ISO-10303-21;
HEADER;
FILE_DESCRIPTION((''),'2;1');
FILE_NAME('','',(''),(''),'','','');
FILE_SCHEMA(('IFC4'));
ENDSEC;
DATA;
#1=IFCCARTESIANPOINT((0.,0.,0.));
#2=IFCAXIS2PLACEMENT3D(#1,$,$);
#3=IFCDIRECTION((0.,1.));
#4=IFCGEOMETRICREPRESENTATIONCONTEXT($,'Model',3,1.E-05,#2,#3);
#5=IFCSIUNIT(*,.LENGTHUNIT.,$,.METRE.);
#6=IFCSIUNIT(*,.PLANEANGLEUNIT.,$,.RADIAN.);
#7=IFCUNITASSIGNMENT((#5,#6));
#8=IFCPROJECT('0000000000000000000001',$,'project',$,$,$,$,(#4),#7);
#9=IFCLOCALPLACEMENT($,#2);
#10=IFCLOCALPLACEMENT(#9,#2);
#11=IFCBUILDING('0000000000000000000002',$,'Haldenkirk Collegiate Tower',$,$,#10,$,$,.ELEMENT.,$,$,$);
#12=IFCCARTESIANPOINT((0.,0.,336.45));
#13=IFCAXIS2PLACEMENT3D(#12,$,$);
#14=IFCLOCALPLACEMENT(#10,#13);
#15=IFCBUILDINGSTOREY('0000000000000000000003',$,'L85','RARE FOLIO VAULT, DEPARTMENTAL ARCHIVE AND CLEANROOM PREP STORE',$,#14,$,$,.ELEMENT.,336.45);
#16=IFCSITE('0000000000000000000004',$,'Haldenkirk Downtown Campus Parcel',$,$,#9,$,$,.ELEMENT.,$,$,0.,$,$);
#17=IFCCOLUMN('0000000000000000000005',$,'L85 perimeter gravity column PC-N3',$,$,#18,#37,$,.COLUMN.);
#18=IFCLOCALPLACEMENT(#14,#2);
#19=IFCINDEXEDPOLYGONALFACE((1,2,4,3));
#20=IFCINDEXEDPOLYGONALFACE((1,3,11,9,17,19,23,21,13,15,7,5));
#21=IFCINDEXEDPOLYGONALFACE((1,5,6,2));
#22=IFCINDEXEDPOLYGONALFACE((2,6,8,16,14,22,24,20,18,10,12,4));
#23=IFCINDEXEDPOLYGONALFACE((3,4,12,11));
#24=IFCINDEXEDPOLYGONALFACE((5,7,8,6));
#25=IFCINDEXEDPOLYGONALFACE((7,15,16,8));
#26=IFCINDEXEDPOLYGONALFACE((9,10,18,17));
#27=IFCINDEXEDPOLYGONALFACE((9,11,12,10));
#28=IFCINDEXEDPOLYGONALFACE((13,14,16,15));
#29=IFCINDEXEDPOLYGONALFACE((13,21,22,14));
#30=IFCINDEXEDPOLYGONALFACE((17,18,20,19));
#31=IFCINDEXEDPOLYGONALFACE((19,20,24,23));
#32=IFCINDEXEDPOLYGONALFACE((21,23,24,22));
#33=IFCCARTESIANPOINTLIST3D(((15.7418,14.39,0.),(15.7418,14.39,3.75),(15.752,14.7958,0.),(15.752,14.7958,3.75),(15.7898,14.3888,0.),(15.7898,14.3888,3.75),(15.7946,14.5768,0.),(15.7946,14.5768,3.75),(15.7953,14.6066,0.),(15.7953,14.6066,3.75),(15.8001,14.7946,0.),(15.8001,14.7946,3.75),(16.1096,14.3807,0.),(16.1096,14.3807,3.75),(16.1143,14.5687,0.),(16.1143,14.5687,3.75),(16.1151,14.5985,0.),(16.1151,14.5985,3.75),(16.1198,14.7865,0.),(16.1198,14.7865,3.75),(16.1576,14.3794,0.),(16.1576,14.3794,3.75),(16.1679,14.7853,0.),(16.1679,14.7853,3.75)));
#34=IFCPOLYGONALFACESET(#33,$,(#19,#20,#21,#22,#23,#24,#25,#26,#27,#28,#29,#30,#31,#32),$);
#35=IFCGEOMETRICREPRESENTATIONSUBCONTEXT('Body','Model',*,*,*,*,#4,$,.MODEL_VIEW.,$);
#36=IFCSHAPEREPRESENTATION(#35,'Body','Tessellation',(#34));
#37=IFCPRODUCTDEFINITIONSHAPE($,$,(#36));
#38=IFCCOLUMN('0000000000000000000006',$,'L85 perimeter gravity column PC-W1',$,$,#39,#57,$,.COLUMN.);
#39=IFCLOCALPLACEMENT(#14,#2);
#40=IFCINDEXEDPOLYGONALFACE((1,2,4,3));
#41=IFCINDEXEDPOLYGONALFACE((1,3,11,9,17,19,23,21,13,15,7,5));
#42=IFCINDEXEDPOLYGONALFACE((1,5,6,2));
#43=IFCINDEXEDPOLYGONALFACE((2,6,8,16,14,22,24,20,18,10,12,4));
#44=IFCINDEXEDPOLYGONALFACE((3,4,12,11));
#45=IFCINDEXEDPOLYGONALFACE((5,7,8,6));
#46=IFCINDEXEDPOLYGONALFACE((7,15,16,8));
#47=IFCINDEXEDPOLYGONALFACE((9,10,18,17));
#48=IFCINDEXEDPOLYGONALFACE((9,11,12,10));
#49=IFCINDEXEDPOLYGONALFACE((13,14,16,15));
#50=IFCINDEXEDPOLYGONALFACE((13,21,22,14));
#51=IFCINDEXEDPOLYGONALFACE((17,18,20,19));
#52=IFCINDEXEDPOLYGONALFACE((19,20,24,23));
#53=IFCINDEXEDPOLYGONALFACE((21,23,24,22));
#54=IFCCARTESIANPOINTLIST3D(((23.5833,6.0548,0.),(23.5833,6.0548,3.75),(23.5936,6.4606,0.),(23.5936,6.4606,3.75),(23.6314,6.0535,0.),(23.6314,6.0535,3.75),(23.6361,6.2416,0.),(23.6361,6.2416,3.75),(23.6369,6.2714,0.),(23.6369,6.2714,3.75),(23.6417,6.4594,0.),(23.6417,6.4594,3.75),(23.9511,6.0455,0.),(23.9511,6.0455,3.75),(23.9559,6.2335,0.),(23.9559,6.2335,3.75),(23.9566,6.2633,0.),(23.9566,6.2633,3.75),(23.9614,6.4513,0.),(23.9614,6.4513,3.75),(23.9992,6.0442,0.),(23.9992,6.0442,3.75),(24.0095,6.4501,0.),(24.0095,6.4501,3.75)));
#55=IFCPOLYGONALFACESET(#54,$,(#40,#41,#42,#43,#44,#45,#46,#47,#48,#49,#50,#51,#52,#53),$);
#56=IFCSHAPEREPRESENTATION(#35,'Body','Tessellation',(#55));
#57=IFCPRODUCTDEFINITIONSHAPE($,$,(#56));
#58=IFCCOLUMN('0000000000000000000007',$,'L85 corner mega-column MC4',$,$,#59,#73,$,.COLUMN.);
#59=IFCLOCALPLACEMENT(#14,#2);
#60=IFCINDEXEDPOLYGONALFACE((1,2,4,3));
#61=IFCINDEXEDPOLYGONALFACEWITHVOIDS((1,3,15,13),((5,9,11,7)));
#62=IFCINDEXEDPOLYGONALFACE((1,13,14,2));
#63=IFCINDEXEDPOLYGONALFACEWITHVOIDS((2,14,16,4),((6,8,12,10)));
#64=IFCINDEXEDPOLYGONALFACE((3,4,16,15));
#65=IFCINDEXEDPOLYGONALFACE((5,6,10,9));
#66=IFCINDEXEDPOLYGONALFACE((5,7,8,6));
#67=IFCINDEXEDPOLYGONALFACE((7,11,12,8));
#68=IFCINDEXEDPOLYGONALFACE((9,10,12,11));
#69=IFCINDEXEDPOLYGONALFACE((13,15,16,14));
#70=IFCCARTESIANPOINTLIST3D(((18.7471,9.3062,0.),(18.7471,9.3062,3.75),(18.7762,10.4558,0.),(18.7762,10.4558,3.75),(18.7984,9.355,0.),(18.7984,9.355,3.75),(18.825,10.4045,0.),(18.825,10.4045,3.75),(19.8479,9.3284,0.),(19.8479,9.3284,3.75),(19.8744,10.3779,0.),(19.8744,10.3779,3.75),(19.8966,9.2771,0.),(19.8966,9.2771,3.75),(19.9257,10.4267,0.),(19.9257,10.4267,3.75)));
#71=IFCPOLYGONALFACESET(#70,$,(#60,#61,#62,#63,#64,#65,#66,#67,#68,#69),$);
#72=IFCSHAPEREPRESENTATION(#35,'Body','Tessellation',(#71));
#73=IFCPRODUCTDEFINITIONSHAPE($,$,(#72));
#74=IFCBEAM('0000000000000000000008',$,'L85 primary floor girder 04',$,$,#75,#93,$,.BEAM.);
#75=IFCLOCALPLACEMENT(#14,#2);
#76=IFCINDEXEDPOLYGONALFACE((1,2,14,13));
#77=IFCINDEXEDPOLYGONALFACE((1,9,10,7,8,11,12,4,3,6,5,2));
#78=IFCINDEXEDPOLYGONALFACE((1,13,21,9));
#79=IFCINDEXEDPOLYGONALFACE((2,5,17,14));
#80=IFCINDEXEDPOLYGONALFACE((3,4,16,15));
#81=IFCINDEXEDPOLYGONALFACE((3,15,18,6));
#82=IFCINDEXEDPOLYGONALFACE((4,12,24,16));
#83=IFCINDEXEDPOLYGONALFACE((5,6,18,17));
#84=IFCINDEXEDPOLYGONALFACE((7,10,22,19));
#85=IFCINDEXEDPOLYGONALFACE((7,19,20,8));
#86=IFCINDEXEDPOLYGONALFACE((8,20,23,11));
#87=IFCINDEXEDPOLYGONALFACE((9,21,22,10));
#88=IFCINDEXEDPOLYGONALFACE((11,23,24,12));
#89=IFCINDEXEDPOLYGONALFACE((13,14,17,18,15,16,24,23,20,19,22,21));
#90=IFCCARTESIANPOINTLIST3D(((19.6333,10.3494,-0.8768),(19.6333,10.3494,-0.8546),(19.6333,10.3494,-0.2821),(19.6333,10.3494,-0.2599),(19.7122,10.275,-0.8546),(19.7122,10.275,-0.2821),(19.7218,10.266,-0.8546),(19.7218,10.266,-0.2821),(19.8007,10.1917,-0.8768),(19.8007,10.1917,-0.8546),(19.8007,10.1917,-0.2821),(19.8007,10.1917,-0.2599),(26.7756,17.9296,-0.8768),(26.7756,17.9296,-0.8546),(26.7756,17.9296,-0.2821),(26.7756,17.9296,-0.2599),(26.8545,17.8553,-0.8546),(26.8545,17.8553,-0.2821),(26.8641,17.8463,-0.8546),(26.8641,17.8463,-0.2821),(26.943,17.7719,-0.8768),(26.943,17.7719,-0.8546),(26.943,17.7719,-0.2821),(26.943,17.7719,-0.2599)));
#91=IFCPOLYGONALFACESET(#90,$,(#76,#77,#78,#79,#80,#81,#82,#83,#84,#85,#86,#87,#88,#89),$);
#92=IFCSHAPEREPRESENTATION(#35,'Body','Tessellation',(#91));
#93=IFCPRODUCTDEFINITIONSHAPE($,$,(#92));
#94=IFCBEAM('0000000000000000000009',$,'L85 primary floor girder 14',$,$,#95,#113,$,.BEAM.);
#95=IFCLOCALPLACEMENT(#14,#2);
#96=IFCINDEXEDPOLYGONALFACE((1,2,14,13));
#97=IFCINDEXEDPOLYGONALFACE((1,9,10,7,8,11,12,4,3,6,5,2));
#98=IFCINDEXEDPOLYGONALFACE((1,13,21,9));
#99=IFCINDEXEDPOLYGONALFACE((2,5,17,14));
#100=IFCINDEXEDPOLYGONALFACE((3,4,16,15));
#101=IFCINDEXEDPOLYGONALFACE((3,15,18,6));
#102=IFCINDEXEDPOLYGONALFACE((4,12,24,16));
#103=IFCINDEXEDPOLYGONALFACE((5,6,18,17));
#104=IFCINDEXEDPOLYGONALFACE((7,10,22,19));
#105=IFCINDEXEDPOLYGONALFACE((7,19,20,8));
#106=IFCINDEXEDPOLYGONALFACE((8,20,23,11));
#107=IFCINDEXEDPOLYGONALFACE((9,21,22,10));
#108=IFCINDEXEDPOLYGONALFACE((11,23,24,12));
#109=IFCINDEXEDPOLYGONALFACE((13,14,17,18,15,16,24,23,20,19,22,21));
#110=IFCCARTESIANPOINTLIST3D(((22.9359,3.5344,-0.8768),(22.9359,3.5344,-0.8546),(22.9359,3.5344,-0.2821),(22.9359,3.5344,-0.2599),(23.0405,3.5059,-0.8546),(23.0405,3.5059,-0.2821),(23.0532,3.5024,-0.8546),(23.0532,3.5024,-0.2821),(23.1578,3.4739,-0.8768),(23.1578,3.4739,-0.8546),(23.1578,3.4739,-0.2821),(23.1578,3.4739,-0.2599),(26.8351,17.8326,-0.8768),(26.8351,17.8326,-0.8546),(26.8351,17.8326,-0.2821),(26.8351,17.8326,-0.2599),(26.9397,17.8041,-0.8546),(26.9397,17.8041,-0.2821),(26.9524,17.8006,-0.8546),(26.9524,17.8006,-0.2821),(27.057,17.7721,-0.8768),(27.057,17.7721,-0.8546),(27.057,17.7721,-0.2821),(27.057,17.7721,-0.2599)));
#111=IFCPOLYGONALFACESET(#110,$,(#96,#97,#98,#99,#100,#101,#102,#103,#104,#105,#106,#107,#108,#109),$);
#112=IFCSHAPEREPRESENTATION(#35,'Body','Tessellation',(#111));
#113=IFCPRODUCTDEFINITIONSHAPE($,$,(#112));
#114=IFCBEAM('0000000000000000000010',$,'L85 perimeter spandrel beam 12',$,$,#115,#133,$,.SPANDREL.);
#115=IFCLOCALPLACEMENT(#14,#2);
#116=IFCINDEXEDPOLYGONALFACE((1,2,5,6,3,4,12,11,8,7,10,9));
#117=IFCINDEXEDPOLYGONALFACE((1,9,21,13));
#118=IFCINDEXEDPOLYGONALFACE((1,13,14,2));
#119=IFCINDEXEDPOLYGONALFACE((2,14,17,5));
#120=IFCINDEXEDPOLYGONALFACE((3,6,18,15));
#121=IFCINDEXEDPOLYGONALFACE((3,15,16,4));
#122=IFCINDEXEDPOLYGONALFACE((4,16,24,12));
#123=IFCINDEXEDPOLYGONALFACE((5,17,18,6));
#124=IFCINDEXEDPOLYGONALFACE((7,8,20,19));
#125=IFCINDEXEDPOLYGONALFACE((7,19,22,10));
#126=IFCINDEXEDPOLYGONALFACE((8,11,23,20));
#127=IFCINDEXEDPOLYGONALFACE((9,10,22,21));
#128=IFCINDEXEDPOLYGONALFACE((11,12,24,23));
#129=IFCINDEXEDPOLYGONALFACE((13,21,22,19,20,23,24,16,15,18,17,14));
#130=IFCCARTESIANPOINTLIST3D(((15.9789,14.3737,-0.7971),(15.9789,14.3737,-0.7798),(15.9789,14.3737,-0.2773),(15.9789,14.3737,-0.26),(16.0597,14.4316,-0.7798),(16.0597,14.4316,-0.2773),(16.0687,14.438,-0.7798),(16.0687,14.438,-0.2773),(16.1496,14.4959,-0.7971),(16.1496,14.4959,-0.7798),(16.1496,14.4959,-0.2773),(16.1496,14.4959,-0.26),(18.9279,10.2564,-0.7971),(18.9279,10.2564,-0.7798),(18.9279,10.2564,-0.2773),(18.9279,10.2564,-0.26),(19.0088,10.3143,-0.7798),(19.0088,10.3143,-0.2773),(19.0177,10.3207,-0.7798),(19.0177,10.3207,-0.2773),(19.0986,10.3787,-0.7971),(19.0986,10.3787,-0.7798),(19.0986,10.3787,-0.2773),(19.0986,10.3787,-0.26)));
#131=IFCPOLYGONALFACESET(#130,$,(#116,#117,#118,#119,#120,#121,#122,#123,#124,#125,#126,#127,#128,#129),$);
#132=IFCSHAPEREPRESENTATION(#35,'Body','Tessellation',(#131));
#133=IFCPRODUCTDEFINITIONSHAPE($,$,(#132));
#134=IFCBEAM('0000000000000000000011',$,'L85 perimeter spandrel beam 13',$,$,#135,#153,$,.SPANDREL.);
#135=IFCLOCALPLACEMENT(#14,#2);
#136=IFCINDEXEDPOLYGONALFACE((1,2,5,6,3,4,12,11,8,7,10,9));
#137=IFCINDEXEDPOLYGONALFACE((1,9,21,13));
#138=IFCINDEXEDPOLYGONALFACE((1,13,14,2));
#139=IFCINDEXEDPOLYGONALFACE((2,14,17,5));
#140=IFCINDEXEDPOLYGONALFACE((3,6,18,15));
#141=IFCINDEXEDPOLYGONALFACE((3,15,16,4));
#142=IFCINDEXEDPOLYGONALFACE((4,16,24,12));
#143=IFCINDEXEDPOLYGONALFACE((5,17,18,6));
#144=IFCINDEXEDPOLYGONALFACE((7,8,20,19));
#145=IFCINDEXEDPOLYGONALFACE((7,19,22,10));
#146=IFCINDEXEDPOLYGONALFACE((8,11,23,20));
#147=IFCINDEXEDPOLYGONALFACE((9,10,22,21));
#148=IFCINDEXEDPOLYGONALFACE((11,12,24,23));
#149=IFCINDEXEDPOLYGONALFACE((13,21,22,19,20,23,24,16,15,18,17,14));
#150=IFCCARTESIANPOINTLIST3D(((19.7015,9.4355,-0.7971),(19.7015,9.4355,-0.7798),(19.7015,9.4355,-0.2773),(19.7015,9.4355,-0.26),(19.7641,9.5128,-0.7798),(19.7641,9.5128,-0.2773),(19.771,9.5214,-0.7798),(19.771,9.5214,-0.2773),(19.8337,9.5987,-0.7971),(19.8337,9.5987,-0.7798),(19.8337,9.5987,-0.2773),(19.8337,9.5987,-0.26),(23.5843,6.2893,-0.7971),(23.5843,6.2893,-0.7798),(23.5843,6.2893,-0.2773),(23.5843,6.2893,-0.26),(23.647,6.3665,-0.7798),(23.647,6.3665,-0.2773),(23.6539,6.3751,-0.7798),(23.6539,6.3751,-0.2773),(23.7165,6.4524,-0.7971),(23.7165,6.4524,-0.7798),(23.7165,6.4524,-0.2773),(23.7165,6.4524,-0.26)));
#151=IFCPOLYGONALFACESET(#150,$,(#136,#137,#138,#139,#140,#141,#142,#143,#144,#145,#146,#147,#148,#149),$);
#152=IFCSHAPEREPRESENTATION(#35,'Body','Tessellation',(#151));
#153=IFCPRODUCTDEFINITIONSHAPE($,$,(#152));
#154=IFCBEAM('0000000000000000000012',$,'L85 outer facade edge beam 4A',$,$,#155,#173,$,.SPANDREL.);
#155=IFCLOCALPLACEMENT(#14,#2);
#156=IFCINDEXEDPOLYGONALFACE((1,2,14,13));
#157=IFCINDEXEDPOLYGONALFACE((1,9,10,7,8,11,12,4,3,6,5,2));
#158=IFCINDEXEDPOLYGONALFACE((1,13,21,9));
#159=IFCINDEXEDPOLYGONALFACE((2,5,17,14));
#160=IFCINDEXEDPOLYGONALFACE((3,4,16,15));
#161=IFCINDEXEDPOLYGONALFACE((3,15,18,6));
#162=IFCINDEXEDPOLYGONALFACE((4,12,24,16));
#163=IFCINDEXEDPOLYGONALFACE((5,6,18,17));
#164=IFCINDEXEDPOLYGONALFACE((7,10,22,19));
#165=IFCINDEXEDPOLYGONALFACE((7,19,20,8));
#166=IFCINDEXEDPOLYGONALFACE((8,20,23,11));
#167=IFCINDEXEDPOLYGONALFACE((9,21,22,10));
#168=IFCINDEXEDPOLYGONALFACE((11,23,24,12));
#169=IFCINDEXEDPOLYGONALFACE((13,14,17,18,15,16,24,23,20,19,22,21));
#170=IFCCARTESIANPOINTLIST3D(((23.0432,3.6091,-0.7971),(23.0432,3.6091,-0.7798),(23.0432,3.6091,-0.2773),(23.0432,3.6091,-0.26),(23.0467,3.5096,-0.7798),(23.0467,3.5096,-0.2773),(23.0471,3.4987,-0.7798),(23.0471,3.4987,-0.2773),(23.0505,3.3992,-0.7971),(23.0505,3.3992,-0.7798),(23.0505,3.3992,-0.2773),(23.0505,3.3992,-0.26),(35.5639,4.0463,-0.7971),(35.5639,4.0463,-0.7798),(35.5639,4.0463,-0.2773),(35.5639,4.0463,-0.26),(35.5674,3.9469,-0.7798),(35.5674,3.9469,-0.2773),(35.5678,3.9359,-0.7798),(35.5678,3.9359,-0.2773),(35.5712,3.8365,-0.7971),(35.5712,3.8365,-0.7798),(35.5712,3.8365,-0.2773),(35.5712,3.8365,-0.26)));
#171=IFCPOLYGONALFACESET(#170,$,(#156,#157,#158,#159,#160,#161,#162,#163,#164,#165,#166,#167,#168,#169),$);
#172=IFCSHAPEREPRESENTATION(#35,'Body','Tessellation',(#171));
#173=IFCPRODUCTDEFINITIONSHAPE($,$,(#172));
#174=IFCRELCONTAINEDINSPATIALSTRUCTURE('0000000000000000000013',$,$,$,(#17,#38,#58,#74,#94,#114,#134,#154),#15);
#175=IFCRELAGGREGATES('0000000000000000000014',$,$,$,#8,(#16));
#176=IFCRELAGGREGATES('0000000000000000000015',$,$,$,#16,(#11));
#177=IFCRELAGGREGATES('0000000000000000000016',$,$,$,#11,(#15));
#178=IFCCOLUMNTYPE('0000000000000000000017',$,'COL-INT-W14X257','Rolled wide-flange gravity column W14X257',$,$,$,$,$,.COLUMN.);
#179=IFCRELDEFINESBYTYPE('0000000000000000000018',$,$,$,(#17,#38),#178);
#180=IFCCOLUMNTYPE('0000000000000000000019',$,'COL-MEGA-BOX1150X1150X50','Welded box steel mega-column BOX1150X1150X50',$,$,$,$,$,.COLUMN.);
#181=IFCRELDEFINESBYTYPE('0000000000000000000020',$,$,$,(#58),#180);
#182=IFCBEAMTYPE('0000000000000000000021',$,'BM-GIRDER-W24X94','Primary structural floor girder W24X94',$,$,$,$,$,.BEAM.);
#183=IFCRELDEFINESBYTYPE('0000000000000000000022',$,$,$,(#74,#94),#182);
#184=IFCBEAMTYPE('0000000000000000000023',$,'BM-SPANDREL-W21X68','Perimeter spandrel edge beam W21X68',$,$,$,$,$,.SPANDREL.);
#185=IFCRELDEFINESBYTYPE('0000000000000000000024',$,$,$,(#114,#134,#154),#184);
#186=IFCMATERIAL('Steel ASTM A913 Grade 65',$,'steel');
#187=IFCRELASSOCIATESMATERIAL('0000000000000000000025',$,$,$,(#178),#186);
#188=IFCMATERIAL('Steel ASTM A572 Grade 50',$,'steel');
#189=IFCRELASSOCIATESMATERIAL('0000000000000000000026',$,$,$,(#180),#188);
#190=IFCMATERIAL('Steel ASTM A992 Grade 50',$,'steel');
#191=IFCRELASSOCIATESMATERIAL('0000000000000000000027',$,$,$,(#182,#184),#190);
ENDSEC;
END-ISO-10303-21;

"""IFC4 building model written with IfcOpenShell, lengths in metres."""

from ifc_helpers import new_model, si_unit, direction, frame, origin, origin_2d, place, context, subcontext, project, spatial, hollow_rectangle, i_section, extrude, material, material_profile, profile_set, type_object, element, save


model = new_model("IFC4")

# Units and contexts
model_context = context("Model", 3, precision=1e-05, world=origin(), true_north=direction((0.0, 1.0)))
body_context = subcontext(model_context, "Body", "Model", "MODEL_VIEW")
ifc_project = project(units=[si_unit("LENGTHUNIT", "METRE"), si_unit("PLANEANGLEUNIT", "RADIAN")], contexts=[model_context])

# Site, building, storey
site_placement = place(None, origin())
site = spatial("IfcSite", under=ifc_project, at=site_placement, Name="Haldenkirk Downtown Campus Parcel", CompositionType="ELEMENT", RefElevation=0.0)
building_placement = place(site_placement, origin())
building = spatial("IfcBuilding", under=site, at=building_placement, Name="Haldenkirk Collegiate Tower", CompositionType="ELEMENT")
storey_placement = place(building_placement, frame((0.0, 0.0, 336.45)))
storey = spatial("IfcBuildingStorey", under=building, at=storey_placement, Name="L85", Description="RARE FOLIO VAULT, DEPARTMENTAL ARCHIVE AND CLEANROOM PREP STORE", CompositionType="ELEMENT", Elevation=336.45)

# Columns
ifc_material_1 = material(Name="Steel ASTM A913 Grade 65", Category="steel")
ifc_material_profile_1 = material_profile(ifc_material_1, i_section(OverallWidth=0.406, OverallDepth=0.416, WebThickness=0.0298, FlangeThickness=0.0481, at=origin_2d()), Name="W14X257")
ifc_profile_set_1 = profile_set([ifc_material_profile_1], Name="Steel ASTM A913 Grade 65")
column_type_1 = type_object("IfcColumnType", Name="COL-INT-W14X257", Description="Rolled wide-flange gravity column W14X257", PredefinedType="COLUMN", material=ifc_profile_set_1)
for number, where, z_axis, x_axis, name in (
    (1, (15.9548, 14.5876, 0.0), (0.0, 0.0, 1.0), (0.025305, 0.99968, 0.0), "L85 perimeter gravity column PC-N3"),
    (2, (23.7964, 6.2524, 0.0), (0.0, 0.0, 1.0), (0.025305, 0.99968, 0.0), "L85 perimeter gravity column PC-W1"),
):
    element("IfcColumn", number, at=place(storey_placement, frame(where, z_axis=z_axis, x_axis=x_axis)), inside=storey, type_object=column_type_1, Name=name, PredefinedType="COLUMN", context=body_context, shape_type="SweptSolid", body=[
        extrude(i_section(OverallWidth=0.406, OverallDepth=0.416, WebThickness=0.0298, FlangeThickness=0.0481, at=origin_2d()), origin(), (0.0, 0.0, 1.0), 3.75),
    ])
ifc_material_2 = material(Name="Steel ASTM A572 Grade 50", Category="steel")
ifc_material_profile_2 = material_profile(ifc_material_2, hollow_rectangle(XDim=1.1499, YDim=1.1499, WallThickness=0.05, at=origin_2d()), Name="BOX1150X1150X50")
ifc_profile_set_2 = profile_set([ifc_material_profile_2], Name="Steel ASTM A572 Grade 50")
column_type_2 = type_object("IfcColumnType", Name="COL-MEGA-BOX1150X1150X50", Description="Welded box steel mega-column BOX1150X1150X50", PredefinedType="COLUMN", material=ifc_profile_set_2)
column_placement = place(storey_placement, frame((19.3364, 9.8665, 0.0), z_axis=(0.0, 0.0, 1.0), x_axis=(0.025305, 0.99968, 0.0)))
element("IfcColumn", 3, at=column_placement, inside=storey, type_object=column_type_2, Name="L85 corner mega-column MC4", PredefinedType="COLUMN", context=body_context, shape_type="SweptSolid", body=[
    extrude(hollow_rectangle(XDim=1.1499, YDim=1.1499, WallThickness=0.05, at=origin_2d()), origin(), (0.0, 0.0, 1.0), 3.75),
])

# Beams
ifc_material_3 = material(Name="Steel ASTM A992 Grade 50", Category="steel")
ifc_material_profile_3 = material_profile(ifc_material_3, i_section(OverallWidth=0.23, OverallDepth=0.6169, WebThickness=0.0132, FlangeThickness=0.0222, at=origin_2d()), Name="W24X94")
ifc_profile_set_3 = profile_set([ifc_material_profile_3], Name="Steel ASTM A992 Grade 50")
beam_type_1 = type_object("IfcBeamType", Name="BM-GIRDER-W24X94", Description="Primary structural floor girder W24X94", PredefinedType="BEAM", material=ifc_profile_set_3)
beam_1_placement = place(storey_placement, frame((19.717, 10.2705, -0.5684), z_axis=(0.685767, 0.727821, 0.0), x_axis=(-0.727821, 0.685767, 0.0)))
element("IfcBeam", 4, at=beam_1_placement, inside=storey, type_object=beam_type_1, Name="L85 primary floor girder 04", PredefinedType="BEAM", context=body_context, shape_type="SweptSolid", body=[
    extrude(i_section(OverallWidth=0.23, OverallDepth=0.6169, WebThickness=0.0132, FlangeThickness=0.0222, at=origin_2d()), origin(), (0.0, 0.0, 1.0), 10.415),
])
beam_2_placement = place(storey_placement, frame((23.0469, 3.5042, -0.5684), z_axis=(0.263098, 0.964769, 0.0), x_axis=(-0.964769, 0.263098, 0.0)))
element("IfcBeam", 5, at=beam_2_placement, inside=storey, type_object=beam_type_1, Name="L85 primary floor girder 14", PredefinedType="BEAM", context=body_context, shape_type="SweptSolid", body=[
    extrude(i_section(OverallWidth=0.23, OverallDepth=0.6169, WebThickness=0.0132, FlangeThickness=0.0222, at=origin_2d()), origin(), (0.0, 0.0, 1.0), 14.8203),
])
ifc_material_profile_4 = material_profile(ifc_material_3, i_section(OverallWidth=0.21, OverallDepth=0.5371, WebThickness=0.011, FlangeThickness=0.0173, at=origin_2d()), Name="W21X68")
ifc_profile_set_4 = profile_set([ifc_material_profile_4], Name="Steel ASTM A992 Grade 50")
beam_type_2 = type_object("IfcBeamType", Name="BM-SPANDREL-W21X68", Description="Perimeter spandrel edge beam W21X68", PredefinedType="SPANDREL", material=ifc_profile_set_4)
beam_3_placement = place(storey_placement, frame((16.0642, 14.4348, -0.5286), z_axis=(0.5823, -0.812974, 0.0), x_axis=(0.812974, 0.5823, 0.0)))
element("IfcBeam", 6, at=beam_3_placement, inside=storey, type_object=beam_type_2, Name="L85 perimeter spandrel beam 12", PredefinedType="SPANDREL", context=body_context, shape_type="SweptSolid", body=[
    extrude(i_section(OverallWidth=0.21, OverallDepth=0.5371, WebThickness=0.011, FlangeThickness=0.0173, at=origin_2d()), origin(), (0.0, 0.0, 1.0), 5.0645),
])
beam_4_placement = place(storey_placement, frame((19.7676, 9.5171, -0.5286), z_axis=(0.77695, -0.629562, 0.0), x_axis=(0.629562, 0.77695, 0.0)))
element("IfcBeam", 7, at=beam_4_placement, inside=storey, type_object=beam_type_2, Name="L85 perimeter spandrel beam 13", PredefinedType="SPANDREL", context=body_context, shape_type="SweptSolid", body=[
    extrude(i_section(OverallWidth=0.21, OverallDepth=0.5371, WebThickness=0.011, FlangeThickness=0.0173, at=origin_2d()), origin(), (0.0, 0.0, 1.0), 4.9976),
])
beam_5_placement = place(storey_placement, frame((23.0469, 3.5042, -0.5286), z_axis=(0.999391, 0.034901, 0.0), x_axis=(-0.034901, 0.999391, 0.0)))
element("IfcBeam", 8, at=beam_5_placement, inside=storey, type_object=beam_type_2, Name="L85 outer facade edge beam 4A", PredefinedType="SPANDREL", context=body_context, shape_type="SweptSolid", body=[
    extrude(i_section(OverallWidth=0.21, OverallDepth=0.5371, WebThickness=0.011, FlangeThickness=0.0173, at=origin_2d()), origin(), (0.0, 0.0, 1.0), 12.5283),
])

save(model, "model.ifc")
